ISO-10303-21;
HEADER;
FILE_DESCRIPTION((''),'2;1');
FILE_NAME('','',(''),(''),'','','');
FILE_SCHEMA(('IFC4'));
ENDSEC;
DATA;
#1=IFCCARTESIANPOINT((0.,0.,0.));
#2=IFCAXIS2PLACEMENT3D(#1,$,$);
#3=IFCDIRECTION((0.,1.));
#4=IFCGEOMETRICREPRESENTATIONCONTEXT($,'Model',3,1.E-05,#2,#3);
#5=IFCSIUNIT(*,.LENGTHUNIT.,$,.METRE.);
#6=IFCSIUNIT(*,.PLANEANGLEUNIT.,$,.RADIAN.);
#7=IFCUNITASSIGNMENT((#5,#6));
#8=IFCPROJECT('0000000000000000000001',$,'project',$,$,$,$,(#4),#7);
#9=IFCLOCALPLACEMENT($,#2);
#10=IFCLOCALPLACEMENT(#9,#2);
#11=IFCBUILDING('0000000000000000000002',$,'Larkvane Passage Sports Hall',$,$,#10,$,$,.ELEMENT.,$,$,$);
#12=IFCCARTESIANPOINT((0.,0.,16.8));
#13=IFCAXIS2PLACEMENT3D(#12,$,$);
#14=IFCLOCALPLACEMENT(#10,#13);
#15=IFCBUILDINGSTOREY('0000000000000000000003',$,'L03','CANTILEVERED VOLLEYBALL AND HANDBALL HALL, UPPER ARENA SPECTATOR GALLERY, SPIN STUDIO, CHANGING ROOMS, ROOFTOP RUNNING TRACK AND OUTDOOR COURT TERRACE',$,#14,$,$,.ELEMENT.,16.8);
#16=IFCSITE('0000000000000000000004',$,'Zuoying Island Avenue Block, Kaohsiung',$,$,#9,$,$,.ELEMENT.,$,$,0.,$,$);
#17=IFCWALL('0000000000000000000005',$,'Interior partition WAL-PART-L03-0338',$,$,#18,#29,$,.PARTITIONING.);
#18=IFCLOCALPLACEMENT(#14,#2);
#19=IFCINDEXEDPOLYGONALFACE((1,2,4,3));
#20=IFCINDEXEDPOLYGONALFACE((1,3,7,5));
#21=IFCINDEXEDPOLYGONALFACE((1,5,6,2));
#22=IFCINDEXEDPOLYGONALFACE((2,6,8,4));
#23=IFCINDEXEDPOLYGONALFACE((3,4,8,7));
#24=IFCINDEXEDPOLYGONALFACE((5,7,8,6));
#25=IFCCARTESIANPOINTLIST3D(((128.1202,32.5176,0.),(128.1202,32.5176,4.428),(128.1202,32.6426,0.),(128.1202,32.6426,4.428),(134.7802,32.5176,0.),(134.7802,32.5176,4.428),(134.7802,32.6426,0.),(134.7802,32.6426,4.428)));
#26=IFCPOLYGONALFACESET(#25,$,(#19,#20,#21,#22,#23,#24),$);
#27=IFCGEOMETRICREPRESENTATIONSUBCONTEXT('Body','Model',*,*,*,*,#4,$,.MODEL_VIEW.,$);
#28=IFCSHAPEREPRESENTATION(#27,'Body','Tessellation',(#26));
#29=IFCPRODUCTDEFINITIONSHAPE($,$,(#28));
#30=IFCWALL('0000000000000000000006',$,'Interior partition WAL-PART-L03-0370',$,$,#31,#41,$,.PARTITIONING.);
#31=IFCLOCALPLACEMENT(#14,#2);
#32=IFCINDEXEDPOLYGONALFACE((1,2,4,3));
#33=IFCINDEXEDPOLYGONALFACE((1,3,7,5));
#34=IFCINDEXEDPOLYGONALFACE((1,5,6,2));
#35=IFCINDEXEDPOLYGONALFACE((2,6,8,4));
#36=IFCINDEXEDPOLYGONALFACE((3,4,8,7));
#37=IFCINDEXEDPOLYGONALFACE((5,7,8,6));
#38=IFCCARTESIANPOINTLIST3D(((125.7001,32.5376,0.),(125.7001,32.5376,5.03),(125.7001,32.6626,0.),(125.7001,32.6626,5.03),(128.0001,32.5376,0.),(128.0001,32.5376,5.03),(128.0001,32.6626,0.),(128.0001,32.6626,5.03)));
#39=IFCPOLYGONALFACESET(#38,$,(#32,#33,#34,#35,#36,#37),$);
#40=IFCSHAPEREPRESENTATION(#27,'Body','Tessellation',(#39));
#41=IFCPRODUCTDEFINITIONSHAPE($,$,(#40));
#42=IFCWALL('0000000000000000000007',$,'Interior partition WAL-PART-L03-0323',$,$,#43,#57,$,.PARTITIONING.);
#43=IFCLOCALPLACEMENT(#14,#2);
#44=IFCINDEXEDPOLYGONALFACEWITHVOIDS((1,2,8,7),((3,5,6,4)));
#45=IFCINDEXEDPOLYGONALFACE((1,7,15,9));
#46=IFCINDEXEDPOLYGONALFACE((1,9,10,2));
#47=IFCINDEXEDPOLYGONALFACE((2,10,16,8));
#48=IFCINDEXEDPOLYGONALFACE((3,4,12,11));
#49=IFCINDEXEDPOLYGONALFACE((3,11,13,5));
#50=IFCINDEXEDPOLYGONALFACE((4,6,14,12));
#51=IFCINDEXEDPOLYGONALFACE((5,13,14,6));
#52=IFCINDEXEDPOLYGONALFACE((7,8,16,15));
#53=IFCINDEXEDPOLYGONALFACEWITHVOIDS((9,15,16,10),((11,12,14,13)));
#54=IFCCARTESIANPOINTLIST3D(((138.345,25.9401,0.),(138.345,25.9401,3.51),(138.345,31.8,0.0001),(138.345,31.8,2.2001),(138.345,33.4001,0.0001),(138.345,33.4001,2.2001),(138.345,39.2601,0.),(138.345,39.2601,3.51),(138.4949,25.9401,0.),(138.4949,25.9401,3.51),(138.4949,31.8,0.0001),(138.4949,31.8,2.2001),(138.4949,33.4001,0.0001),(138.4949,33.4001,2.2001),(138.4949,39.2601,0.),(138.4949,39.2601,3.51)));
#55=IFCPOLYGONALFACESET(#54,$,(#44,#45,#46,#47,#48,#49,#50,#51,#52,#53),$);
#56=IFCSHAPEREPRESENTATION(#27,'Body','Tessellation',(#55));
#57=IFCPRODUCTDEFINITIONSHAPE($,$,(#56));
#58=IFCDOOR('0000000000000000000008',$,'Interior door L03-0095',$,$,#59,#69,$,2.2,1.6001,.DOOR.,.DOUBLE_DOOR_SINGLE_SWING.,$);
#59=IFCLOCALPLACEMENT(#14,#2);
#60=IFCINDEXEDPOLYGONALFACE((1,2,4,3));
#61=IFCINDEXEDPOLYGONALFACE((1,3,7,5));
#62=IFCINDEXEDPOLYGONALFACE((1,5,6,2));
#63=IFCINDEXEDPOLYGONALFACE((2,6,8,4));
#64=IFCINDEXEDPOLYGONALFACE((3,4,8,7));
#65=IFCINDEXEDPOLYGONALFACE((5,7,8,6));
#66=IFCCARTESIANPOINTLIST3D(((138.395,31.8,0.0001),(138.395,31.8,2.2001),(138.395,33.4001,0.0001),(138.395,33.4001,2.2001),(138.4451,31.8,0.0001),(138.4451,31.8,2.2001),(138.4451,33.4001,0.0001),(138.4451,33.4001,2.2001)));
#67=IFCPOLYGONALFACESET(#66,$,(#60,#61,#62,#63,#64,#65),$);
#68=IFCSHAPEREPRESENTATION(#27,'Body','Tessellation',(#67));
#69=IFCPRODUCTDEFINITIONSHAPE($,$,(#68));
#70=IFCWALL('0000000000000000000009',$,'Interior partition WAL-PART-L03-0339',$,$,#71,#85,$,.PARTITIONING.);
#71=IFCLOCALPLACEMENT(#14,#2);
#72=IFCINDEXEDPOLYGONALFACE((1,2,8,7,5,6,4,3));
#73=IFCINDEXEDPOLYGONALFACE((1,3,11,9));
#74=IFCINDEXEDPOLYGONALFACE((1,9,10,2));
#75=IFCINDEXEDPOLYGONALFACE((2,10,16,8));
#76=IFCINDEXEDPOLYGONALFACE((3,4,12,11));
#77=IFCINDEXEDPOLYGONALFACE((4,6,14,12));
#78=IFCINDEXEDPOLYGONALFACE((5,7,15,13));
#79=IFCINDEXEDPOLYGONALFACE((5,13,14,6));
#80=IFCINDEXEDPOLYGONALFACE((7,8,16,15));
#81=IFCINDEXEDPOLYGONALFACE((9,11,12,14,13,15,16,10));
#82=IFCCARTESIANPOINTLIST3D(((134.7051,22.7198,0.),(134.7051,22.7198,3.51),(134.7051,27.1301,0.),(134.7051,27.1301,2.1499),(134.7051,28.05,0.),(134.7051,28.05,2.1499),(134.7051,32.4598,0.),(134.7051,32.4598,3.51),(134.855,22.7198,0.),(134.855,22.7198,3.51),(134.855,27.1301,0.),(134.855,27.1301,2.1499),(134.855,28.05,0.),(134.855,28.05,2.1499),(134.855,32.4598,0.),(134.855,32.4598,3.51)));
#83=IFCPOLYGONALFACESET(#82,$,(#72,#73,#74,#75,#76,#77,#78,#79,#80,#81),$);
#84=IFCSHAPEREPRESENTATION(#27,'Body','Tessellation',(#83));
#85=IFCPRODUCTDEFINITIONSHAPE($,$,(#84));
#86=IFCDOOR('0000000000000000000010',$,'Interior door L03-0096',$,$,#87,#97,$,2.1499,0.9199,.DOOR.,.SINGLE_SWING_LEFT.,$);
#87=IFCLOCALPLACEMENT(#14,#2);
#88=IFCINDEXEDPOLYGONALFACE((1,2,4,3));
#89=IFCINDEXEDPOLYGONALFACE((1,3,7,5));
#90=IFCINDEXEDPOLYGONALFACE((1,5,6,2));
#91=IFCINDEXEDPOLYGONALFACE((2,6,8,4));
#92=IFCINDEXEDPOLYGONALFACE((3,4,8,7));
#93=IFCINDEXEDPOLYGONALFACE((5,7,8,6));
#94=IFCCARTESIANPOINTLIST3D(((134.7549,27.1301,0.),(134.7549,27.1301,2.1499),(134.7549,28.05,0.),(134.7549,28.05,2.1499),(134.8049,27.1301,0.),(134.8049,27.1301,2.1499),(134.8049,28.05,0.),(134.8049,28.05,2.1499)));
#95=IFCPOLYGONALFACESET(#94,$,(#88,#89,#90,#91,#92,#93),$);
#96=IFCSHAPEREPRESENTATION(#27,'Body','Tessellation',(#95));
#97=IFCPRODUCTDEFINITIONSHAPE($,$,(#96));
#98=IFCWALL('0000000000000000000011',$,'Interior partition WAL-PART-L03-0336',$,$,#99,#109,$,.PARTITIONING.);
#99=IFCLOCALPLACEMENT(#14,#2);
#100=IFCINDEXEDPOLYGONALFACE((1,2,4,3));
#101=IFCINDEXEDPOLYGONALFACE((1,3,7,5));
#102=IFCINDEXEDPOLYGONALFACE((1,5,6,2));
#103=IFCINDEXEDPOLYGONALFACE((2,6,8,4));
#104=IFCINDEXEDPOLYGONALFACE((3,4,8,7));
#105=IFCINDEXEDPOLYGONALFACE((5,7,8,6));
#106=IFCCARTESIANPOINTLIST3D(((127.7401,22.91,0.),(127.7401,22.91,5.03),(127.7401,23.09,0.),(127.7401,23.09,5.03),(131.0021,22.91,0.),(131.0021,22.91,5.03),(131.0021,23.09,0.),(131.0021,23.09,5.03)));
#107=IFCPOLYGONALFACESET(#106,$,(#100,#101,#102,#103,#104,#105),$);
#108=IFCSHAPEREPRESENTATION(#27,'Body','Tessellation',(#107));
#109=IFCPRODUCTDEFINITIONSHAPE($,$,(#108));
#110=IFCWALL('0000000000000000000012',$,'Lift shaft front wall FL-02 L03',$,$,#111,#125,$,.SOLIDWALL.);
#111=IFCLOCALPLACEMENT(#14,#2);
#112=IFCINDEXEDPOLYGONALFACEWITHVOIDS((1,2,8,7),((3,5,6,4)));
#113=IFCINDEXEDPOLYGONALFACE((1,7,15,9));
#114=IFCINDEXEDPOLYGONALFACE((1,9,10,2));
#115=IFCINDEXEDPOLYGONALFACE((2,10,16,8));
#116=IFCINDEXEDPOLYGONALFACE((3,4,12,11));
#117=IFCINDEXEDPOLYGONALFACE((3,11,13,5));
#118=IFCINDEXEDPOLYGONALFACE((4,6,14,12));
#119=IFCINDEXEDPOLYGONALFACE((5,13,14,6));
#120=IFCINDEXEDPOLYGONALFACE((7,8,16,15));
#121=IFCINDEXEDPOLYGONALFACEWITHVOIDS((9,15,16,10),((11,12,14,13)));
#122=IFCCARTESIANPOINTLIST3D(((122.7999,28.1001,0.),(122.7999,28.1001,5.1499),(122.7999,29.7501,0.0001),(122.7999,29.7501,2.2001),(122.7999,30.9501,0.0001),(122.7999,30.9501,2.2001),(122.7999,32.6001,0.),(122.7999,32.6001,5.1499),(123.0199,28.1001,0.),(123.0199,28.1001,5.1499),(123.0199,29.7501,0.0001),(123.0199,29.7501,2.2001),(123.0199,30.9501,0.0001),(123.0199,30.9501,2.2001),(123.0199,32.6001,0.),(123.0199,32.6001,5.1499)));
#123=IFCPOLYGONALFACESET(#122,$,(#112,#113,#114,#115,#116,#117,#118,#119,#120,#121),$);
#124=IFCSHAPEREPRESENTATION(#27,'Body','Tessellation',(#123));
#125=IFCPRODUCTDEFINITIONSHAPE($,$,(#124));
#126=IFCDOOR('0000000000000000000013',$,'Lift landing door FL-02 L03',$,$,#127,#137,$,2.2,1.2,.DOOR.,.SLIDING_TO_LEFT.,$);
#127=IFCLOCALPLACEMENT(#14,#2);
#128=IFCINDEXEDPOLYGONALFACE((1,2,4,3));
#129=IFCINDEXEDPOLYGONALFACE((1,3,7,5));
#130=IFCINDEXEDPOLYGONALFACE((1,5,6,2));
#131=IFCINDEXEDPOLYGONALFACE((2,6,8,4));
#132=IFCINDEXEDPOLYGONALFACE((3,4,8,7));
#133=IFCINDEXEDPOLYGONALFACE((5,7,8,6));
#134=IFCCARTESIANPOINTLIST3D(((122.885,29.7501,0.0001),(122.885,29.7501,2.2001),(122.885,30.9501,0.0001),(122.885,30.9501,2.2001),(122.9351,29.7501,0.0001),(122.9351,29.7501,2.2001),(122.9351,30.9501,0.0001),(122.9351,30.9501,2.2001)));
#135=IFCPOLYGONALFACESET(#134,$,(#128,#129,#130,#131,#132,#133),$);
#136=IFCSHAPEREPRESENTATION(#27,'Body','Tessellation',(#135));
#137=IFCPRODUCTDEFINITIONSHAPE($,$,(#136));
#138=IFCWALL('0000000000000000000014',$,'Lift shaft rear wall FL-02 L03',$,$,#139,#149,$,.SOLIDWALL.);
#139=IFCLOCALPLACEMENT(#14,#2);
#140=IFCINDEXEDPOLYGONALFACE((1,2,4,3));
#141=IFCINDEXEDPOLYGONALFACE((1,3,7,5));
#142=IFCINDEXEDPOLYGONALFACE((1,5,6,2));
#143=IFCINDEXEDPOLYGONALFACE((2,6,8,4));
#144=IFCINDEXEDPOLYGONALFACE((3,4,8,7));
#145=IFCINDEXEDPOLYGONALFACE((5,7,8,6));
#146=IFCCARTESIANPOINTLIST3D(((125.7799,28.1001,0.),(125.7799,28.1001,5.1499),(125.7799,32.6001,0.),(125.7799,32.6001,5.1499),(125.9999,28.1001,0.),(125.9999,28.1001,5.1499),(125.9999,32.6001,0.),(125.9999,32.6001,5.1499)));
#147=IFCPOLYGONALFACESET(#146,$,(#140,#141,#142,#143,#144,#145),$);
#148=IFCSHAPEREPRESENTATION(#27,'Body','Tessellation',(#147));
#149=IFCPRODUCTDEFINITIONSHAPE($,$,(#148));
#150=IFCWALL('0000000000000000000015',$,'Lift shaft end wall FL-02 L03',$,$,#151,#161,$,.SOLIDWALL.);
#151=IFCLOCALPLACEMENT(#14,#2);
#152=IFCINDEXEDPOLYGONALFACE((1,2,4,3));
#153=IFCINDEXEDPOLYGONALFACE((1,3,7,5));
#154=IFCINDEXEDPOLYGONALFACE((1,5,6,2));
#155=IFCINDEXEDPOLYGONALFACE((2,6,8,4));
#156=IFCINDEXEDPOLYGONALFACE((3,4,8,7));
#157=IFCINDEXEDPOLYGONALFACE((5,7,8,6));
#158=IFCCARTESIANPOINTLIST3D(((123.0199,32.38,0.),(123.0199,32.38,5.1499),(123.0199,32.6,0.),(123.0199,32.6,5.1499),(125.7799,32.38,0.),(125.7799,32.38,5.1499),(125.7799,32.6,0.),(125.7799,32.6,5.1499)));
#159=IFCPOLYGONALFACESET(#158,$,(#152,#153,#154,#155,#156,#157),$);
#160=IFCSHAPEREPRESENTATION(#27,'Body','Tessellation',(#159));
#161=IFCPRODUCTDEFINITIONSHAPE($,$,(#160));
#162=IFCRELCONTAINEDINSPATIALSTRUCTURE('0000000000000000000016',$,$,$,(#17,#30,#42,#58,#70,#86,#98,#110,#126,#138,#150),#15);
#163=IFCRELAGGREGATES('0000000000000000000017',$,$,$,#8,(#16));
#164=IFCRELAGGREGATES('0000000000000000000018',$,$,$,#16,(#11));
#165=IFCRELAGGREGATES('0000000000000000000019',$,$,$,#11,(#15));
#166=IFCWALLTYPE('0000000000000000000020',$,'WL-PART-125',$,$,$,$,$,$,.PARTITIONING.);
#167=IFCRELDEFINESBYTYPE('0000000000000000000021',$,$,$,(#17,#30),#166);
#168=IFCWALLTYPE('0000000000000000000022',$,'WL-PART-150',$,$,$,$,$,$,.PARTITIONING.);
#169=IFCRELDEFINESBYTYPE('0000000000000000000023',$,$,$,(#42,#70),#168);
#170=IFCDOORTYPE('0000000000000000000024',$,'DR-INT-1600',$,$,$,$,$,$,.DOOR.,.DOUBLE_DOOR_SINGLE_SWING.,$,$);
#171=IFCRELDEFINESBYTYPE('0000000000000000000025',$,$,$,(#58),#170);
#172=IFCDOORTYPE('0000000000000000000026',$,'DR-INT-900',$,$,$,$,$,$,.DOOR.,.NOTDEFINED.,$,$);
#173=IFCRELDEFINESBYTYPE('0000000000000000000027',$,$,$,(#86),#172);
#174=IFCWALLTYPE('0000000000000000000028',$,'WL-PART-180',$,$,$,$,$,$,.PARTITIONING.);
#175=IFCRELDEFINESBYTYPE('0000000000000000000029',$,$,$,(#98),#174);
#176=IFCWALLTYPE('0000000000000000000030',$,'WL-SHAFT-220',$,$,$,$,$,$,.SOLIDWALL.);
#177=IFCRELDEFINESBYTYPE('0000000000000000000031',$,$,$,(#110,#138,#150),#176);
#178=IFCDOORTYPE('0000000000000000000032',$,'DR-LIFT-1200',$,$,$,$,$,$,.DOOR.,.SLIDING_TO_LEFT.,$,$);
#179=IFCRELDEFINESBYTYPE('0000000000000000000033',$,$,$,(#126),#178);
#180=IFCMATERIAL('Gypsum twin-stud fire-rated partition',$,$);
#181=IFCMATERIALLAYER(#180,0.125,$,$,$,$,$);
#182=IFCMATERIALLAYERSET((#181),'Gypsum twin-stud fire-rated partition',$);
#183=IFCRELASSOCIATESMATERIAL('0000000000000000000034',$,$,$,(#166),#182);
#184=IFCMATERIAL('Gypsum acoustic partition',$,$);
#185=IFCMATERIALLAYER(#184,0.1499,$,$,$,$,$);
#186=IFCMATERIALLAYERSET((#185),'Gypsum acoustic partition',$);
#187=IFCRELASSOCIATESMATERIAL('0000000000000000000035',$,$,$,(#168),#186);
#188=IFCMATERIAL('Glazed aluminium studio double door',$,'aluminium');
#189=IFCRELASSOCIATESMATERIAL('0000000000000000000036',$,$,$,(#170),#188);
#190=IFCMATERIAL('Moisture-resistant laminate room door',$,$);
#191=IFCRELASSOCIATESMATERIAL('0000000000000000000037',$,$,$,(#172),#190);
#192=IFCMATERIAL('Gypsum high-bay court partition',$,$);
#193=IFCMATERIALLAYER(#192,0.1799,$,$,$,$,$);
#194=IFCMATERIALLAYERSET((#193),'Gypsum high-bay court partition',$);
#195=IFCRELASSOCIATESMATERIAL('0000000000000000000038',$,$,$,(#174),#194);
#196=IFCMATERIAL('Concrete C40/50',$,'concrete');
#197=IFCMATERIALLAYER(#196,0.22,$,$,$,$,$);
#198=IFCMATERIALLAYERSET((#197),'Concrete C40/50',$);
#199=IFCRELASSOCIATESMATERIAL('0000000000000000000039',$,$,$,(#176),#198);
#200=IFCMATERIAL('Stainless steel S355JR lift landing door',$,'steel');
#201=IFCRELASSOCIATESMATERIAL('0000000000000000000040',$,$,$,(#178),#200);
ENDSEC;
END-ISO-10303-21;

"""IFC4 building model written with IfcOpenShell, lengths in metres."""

from ifc_helpers import new_model, si_unit, direction, frame, frame_2d, origin, place, context, subcontext, project, spatial, rectangle, extrude, material, layer, layer_set, type_object, element, fill, save


model = new_model("IFC4")

# Units and contexts
model_context = context("Model", 3, precision=1e-05, world=origin(), true_north=direction((0.0, 1.0)))
body_context = subcontext(model_context, "Body", "Model", "MODEL_VIEW")
ifc_project = project(units=[si_unit("LENGTHUNIT", "METRE"), si_unit("PLANEANGLEUNIT", "RADIAN")], contexts=[model_context])

# Site, building, storey
site_placement = place(None, origin())
site = spatial("IfcSite", under=ifc_project, at=site_placement, Name="Zuoying Island Avenue Block, Kaohsiung", CompositionType="ELEMENT", RefElevation=0.0)
building_placement = place(site_placement, origin())
building = spatial("IfcBuilding", under=site, at=building_placement, Name="Larkvane Passage Sports Hall", CompositionType="ELEMENT")
storey_placement = place(building_placement, frame((0.0, 0.0, 16.8)))
storey = spatial("IfcBuildingStorey", under=building, at=storey_placement, Name="L03", Description="CANTILEVERED VOLLEYBALL AND HANDBALL HALL, UPPER ARENA SPECTATOR GALLERY, SPIN STUDIO, CHANGING ROOMS, ROOFTOP RUNNING TRACK AND OUTDOOR COURT TERRACE", CompositionType="ELEMENT", Elevation=16.8)

# Walls
ifc_material_1 = material(Name="Gypsum twin-stud fire-rated partition")
ifc_layer_1 = layer(ifc_material_1, 0.125)
ifc_layer_set_1 = layer_set([ifc_layer_1], Name="Gypsum twin-stud fire-rated partition")
wall_type_1 = type_object("IfcWallType", Name="WL-PART-125", PredefinedType="PARTITIONING", material=ifc_layer_set_1)
wall_1_placement = place(storey_placement, frame((128.1201, 32.5801, 0.0), z_axis=(0.0, 0.0, 1.0), x_axis=(1.0, 0.0, 0.0)))
element("IfcWall", 1, at=wall_1_placement, inside=storey, type_object=wall_type_1, Name="Interior partition WAL-PART-L03-0338", PredefinedType="PARTITIONING", context=body_context, shape_type="SweptSolid", body=[
    extrude(rectangle(XDim=6.6599, YDim=0.125, at=frame_2d((3.3301, 0.0))), origin(), (0.0, 0.0, 1.0), 4.428),
])
wall_2_placement = place(storey_placement, frame((128.0, 32.6001, 0.0), z_axis=(0.0, 0.0, 1.0), x_axis=(-1.0, 0.0, 0.0)))
element("IfcWall", 2, at=wall_2_placement, inside=storey, type_object=wall_type_1, Name="Interior partition WAL-PART-L03-0370", PredefinedType="PARTITIONING", context=body_context, shape_type="SweptSolid", body=[
    extrude(rectangle(XDim=2.3, YDim=0.125, at=frame_2d((1.1499, 0.0))), origin(), (0.0, 0.0, 1.0), 5.03),
])

# Walls, openings, doors
ifc_material_2 = material(Name="Gypsum acoustic partition")
ifc_layer_2 = layer(ifc_material_2, 0.1499)
ifc_layer_set_2 = layer_set([ifc_layer_2], Name="Gypsum acoustic partition")
wall_type_2 = type_object("IfcWallType", Name="WL-PART-150", PredefinedType="PARTITIONING", material=ifc_layer_set_2)
wall_3_placement = place(storey_placement, frame((138.4199, 25.9399, 0.0), z_axis=(0.0, 0.0, 1.0), x_axis=(0.0, 1.0, 0.0)))
wall_3 = element("IfcWall", 3, at=wall_3_placement, inside=storey, type_object=wall_type_2, Name="Interior partition WAL-PART-L03-0323", PredefinedType="PARTITIONING", context=body_context, shape_type="SweptSolid", body=[
    extrude(rectangle(XDim=13.3201, YDim=0.1499, at=frame_2d((6.6602, 0.0))), origin(), (0.0, 0.0, 1.0), 3.51),
])
opening_1_placement = place(wall_3_placement, frame((5.8601, 0.0, 0.0)))
opening_1 = element("IfcOpeningElement", 4, at=opening_1_placement, cuts=wall_3, PredefinedType="OPENING", context=body_context, shape_type="SweptSolid", body=[
    extrude(rectangle(XDim=1.6001, YDim=2.2, at=frame_2d((0.8, 1.1001))), frame((0.0, 0.085, 0.0), z_axis=(0.0, -1.0, 0.0), x_axis=(1.0, 0.0, 0.0)), (0.0, 0.0, 1.0), 0.1699),
])
ifc_material_3 = material(Name="Glazed aluminium studio double door", Category="aluminium")
door_type_1 = type_object("IfcDoorType", Name="DR-INT-1600", OperationType="DOUBLE_DOOR_SINGLE_SWING", PredefinedType="DOOR", material=ifc_material_3)
door_1_placement = place(opening_1_placement, origin())
door_1 = element("IfcDoor", 5, at=door_1_placement, inside=storey, type_object=door_type_1, Name="Interior door L03-0095", OperationType="DOUBLE_DOOR_SINGLE_SWING", OverallHeight=2.2, OverallWidth=1.6001, PredefinedType="DOOR", context=body_context, shape_type="SweptSolid", body=[
    extrude(rectangle(XDim=1.6001, YDim=2.2, at=frame_2d((0.8, 1.1001))), frame((0.0, 0.0249, 0.0), z_axis=(0.0, -1.0, 0.0), x_axis=(1.0, 0.0, 0.0)), (0.0, 0.0, 1.0), 0.05),
])
fill(opening_1, door_1)
wall_4_placement = place(storey_placement, frame((134.78, 32.46, 0.0), z_axis=(0.0, 0.0, 1.0), x_axis=(0.0, -1.0, 0.0)))
wall_4 = element("IfcWall", 6, at=wall_4_placement, inside=storey, type_object=wall_type_2, Name="Interior partition WAL-PART-L03-0339", PredefinedType="PARTITIONING", context=body_context, shape_type="SweptSolid", body=[
    extrude(rectangle(XDim=9.74, YDim=0.1499, at=frame_2d((4.8701, 0.0))), origin(), (0.0, 0.0, 1.0), 3.51),
])
opening_2_placement = place(wall_4_placement, frame((4.4099, 0.0, 0.0)))
opening_2 = element("IfcOpeningElement", 7, at=opening_2_placement, cuts=wall_4, PredefinedType="OPENING", context=body_context, shape_type="SweptSolid", body=[
    extrude(rectangle(XDim=0.9199, YDim=2.1499, at=frame_2d((0.46, 1.075))), frame((0.0, 0.085, 0.0), z_axis=(0.0, -1.0, 0.0), x_axis=(1.0, 0.0, 0.0)), (0.0, 0.0, 1.0), 0.1699),
])
ifc_material_4 = material(Name="Moisture-resistant laminate room door")
door_type_2 = type_object("IfcDoorType", Name="DR-INT-900", OperationType="NOTDEFINED", PredefinedType="DOOR", material=ifc_material_4)
door_2_placement = place(opening_2_placement, origin())
door_2 = element("IfcDoor", 8, at=door_2_placement, inside=storey, type_object=door_type_2, Name="Interior door L03-0096", OperationType="SINGLE_SWING_LEFT", OverallHeight=2.1499, OverallWidth=0.9199, PredefinedType="DOOR", context=body_context, shape_type="SweptSolid", body=[
    extrude(rectangle(XDim=0.9199, YDim=2.1499, at=frame_2d((0.46, 1.075))), frame((0.0, 0.0249, 0.0), z_axis=(0.0, -1.0, 0.0), x_axis=(1.0, 0.0, 0.0)), (0.0, 0.0, 1.0), 0.05),
])
fill(opening_2, door_2)

# Wall
ifc_material_5 = material(Name="Gypsum high-bay court partition")
ifc_layer_3 = layer(ifc_material_5, 0.1799)
ifc_layer_set_3 = layer_set([ifc_layer_3], Name="Gypsum high-bay court partition")
wall_type_3 = type_object("IfcWallType", Name="WL-PART-180", PredefinedType="PARTITIONING", material=ifc_layer_set_3)
wall_5_placement = place(storey_placement, frame((131.002, 23.0, 0.0), z_axis=(0.0, 0.0, 1.0), x_axis=(-1.0, 0.0, 0.0)))
element("IfcWall", 9, at=wall_5_placement, inside=storey, type_object=wall_type_3, Name="Interior partition WAL-PART-L03-0336", PredefinedType="PARTITIONING", context=body_context, shape_type="SweptSolid", body=[
    extrude(rectangle(XDim=3.262, YDim=0.1799, at=frame_2d((1.6309, 0.0))), origin(), (0.0, 0.0, 1.0), 5.03),
])

# Wall, opening, door
ifc_material_6 = material(Name="Concrete C40/50", Category="concrete")
ifc_layer_4 = layer(ifc_material_6, 0.22)
ifc_layer_set_4 = layer_set([ifc_layer_4], Name="Concrete C40/50")
wall_type_4 = type_object("IfcWallType", Name="WL-SHAFT-220", PredefinedType="SOLIDWALL", material=ifc_layer_set_4)
wall_6_placement = place(storey_placement, frame((122.9099, 28.1001, 0.0), z_axis=(0.0, 0.0, 1.0), x_axis=(0.0, 1.0, 0.0)))
wall_6 = element("IfcWall", 10, at=wall_6_placement, inside=storey, type_object=wall_type_4, Name="Lift shaft front wall FL-02 L03", PredefinedType="SOLIDWALL", context=body_context, shape_type="SweptSolid", body=[
    extrude(rectangle(XDim=4.5, YDim=0.22, at=frame_2d((2.25, 0.0))), origin(), (0.0, 0.0, 1.0), 5.1499),
])
opening_3_placement = place(wall_6_placement, frame((1.6499, 0.0, 0.0)))
opening_3 = element("IfcOpeningElement", 11, at=opening_3_placement, cuts=wall_6, PredefinedType="OPENING", context=body_context, shape_type="SweptSolid", body=[
    extrude(rectangle(XDim=1.2, YDim=2.2, at=frame_2d((0.6001, 1.1001))), frame((0.0, 0.1199, 0.0), z_axis=(0.0, -1.0, 0.0), x_axis=(1.0, 0.0, 0.0)), (0.0, 0.0, 1.0), 0.24),
])
ifc_material_7 = material(Name="Stainless steel S355JR lift landing door", Category="steel")
door_type_3 = type_object("IfcDoorType", Name="DR-LIFT-1200", OperationType="SLIDING_TO_LEFT", PredefinedType="DOOR", material=ifc_material_7)
door_3_placement = place(opening_3_placement, origin())
door_3 = element("IfcDoor", 12, at=door_3_placement, inside=storey, type_object=door_type_3, Name="Lift landing door FL-02 L03", OperationType="SLIDING_TO_LEFT", OverallHeight=2.2, OverallWidth=1.2, PredefinedType="DOOR", context=body_context, shape_type="SweptSolid", body=[
    extrude(rectangle(XDim=1.2, YDim=2.2, at=frame_2d((0.6001, 1.1001))), frame((0.0, 0.0249, 0.0), z_axis=(0.0, -1.0, 0.0), x_axis=(1.0, 0.0, 0.0)), (0.0, 0.0, 1.0), 0.05),
])
fill(opening_3, door_3)

# Walls
wall_7_placement = place(storey_placement, frame((125.8899, 28.1001, 0.0), z_axis=(0.0, 0.0, 1.0), x_axis=(0.0, 1.0, 0.0)))
element("IfcWall", 13, at=wall_7_placement, inside=storey, type_object=wall_type_4, Name="Lift shaft rear wall FL-02 L03", PredefinedType="SOLIDWALL", context=body_context, shape_type="SweptSolid", body=[
    extrude(rectangle(XDim=4.5, YDim=0.22, at=frame_2d((2.25, 0.0))), origin(), (0.0, 0.0, 1.0), 5.1499),
])
wall_8_placement = place(storey_placement, frame((123.02, 32.49, 0.0), z_axis=(0.0, 0.0, 1.0), x_axis=(1.0, 0.0, 0.0)))
element("IfcWall", 14, at=wall_8_placement, inside=storey, type_object=wall_type_4, Name="Lift shaft end wall FL-02 L03", PredefinedType="SOLIDWALL", context=body_context, shape_type="SweptSolid", body=[
    extrude(rectangle(XDim=2.76, YDim=0.22, at=frame_2d((1.3799, 0.0))), origin(), (0.0, 0.0, 1.0), 5.1499),
])

save(model, "model.ifc")
